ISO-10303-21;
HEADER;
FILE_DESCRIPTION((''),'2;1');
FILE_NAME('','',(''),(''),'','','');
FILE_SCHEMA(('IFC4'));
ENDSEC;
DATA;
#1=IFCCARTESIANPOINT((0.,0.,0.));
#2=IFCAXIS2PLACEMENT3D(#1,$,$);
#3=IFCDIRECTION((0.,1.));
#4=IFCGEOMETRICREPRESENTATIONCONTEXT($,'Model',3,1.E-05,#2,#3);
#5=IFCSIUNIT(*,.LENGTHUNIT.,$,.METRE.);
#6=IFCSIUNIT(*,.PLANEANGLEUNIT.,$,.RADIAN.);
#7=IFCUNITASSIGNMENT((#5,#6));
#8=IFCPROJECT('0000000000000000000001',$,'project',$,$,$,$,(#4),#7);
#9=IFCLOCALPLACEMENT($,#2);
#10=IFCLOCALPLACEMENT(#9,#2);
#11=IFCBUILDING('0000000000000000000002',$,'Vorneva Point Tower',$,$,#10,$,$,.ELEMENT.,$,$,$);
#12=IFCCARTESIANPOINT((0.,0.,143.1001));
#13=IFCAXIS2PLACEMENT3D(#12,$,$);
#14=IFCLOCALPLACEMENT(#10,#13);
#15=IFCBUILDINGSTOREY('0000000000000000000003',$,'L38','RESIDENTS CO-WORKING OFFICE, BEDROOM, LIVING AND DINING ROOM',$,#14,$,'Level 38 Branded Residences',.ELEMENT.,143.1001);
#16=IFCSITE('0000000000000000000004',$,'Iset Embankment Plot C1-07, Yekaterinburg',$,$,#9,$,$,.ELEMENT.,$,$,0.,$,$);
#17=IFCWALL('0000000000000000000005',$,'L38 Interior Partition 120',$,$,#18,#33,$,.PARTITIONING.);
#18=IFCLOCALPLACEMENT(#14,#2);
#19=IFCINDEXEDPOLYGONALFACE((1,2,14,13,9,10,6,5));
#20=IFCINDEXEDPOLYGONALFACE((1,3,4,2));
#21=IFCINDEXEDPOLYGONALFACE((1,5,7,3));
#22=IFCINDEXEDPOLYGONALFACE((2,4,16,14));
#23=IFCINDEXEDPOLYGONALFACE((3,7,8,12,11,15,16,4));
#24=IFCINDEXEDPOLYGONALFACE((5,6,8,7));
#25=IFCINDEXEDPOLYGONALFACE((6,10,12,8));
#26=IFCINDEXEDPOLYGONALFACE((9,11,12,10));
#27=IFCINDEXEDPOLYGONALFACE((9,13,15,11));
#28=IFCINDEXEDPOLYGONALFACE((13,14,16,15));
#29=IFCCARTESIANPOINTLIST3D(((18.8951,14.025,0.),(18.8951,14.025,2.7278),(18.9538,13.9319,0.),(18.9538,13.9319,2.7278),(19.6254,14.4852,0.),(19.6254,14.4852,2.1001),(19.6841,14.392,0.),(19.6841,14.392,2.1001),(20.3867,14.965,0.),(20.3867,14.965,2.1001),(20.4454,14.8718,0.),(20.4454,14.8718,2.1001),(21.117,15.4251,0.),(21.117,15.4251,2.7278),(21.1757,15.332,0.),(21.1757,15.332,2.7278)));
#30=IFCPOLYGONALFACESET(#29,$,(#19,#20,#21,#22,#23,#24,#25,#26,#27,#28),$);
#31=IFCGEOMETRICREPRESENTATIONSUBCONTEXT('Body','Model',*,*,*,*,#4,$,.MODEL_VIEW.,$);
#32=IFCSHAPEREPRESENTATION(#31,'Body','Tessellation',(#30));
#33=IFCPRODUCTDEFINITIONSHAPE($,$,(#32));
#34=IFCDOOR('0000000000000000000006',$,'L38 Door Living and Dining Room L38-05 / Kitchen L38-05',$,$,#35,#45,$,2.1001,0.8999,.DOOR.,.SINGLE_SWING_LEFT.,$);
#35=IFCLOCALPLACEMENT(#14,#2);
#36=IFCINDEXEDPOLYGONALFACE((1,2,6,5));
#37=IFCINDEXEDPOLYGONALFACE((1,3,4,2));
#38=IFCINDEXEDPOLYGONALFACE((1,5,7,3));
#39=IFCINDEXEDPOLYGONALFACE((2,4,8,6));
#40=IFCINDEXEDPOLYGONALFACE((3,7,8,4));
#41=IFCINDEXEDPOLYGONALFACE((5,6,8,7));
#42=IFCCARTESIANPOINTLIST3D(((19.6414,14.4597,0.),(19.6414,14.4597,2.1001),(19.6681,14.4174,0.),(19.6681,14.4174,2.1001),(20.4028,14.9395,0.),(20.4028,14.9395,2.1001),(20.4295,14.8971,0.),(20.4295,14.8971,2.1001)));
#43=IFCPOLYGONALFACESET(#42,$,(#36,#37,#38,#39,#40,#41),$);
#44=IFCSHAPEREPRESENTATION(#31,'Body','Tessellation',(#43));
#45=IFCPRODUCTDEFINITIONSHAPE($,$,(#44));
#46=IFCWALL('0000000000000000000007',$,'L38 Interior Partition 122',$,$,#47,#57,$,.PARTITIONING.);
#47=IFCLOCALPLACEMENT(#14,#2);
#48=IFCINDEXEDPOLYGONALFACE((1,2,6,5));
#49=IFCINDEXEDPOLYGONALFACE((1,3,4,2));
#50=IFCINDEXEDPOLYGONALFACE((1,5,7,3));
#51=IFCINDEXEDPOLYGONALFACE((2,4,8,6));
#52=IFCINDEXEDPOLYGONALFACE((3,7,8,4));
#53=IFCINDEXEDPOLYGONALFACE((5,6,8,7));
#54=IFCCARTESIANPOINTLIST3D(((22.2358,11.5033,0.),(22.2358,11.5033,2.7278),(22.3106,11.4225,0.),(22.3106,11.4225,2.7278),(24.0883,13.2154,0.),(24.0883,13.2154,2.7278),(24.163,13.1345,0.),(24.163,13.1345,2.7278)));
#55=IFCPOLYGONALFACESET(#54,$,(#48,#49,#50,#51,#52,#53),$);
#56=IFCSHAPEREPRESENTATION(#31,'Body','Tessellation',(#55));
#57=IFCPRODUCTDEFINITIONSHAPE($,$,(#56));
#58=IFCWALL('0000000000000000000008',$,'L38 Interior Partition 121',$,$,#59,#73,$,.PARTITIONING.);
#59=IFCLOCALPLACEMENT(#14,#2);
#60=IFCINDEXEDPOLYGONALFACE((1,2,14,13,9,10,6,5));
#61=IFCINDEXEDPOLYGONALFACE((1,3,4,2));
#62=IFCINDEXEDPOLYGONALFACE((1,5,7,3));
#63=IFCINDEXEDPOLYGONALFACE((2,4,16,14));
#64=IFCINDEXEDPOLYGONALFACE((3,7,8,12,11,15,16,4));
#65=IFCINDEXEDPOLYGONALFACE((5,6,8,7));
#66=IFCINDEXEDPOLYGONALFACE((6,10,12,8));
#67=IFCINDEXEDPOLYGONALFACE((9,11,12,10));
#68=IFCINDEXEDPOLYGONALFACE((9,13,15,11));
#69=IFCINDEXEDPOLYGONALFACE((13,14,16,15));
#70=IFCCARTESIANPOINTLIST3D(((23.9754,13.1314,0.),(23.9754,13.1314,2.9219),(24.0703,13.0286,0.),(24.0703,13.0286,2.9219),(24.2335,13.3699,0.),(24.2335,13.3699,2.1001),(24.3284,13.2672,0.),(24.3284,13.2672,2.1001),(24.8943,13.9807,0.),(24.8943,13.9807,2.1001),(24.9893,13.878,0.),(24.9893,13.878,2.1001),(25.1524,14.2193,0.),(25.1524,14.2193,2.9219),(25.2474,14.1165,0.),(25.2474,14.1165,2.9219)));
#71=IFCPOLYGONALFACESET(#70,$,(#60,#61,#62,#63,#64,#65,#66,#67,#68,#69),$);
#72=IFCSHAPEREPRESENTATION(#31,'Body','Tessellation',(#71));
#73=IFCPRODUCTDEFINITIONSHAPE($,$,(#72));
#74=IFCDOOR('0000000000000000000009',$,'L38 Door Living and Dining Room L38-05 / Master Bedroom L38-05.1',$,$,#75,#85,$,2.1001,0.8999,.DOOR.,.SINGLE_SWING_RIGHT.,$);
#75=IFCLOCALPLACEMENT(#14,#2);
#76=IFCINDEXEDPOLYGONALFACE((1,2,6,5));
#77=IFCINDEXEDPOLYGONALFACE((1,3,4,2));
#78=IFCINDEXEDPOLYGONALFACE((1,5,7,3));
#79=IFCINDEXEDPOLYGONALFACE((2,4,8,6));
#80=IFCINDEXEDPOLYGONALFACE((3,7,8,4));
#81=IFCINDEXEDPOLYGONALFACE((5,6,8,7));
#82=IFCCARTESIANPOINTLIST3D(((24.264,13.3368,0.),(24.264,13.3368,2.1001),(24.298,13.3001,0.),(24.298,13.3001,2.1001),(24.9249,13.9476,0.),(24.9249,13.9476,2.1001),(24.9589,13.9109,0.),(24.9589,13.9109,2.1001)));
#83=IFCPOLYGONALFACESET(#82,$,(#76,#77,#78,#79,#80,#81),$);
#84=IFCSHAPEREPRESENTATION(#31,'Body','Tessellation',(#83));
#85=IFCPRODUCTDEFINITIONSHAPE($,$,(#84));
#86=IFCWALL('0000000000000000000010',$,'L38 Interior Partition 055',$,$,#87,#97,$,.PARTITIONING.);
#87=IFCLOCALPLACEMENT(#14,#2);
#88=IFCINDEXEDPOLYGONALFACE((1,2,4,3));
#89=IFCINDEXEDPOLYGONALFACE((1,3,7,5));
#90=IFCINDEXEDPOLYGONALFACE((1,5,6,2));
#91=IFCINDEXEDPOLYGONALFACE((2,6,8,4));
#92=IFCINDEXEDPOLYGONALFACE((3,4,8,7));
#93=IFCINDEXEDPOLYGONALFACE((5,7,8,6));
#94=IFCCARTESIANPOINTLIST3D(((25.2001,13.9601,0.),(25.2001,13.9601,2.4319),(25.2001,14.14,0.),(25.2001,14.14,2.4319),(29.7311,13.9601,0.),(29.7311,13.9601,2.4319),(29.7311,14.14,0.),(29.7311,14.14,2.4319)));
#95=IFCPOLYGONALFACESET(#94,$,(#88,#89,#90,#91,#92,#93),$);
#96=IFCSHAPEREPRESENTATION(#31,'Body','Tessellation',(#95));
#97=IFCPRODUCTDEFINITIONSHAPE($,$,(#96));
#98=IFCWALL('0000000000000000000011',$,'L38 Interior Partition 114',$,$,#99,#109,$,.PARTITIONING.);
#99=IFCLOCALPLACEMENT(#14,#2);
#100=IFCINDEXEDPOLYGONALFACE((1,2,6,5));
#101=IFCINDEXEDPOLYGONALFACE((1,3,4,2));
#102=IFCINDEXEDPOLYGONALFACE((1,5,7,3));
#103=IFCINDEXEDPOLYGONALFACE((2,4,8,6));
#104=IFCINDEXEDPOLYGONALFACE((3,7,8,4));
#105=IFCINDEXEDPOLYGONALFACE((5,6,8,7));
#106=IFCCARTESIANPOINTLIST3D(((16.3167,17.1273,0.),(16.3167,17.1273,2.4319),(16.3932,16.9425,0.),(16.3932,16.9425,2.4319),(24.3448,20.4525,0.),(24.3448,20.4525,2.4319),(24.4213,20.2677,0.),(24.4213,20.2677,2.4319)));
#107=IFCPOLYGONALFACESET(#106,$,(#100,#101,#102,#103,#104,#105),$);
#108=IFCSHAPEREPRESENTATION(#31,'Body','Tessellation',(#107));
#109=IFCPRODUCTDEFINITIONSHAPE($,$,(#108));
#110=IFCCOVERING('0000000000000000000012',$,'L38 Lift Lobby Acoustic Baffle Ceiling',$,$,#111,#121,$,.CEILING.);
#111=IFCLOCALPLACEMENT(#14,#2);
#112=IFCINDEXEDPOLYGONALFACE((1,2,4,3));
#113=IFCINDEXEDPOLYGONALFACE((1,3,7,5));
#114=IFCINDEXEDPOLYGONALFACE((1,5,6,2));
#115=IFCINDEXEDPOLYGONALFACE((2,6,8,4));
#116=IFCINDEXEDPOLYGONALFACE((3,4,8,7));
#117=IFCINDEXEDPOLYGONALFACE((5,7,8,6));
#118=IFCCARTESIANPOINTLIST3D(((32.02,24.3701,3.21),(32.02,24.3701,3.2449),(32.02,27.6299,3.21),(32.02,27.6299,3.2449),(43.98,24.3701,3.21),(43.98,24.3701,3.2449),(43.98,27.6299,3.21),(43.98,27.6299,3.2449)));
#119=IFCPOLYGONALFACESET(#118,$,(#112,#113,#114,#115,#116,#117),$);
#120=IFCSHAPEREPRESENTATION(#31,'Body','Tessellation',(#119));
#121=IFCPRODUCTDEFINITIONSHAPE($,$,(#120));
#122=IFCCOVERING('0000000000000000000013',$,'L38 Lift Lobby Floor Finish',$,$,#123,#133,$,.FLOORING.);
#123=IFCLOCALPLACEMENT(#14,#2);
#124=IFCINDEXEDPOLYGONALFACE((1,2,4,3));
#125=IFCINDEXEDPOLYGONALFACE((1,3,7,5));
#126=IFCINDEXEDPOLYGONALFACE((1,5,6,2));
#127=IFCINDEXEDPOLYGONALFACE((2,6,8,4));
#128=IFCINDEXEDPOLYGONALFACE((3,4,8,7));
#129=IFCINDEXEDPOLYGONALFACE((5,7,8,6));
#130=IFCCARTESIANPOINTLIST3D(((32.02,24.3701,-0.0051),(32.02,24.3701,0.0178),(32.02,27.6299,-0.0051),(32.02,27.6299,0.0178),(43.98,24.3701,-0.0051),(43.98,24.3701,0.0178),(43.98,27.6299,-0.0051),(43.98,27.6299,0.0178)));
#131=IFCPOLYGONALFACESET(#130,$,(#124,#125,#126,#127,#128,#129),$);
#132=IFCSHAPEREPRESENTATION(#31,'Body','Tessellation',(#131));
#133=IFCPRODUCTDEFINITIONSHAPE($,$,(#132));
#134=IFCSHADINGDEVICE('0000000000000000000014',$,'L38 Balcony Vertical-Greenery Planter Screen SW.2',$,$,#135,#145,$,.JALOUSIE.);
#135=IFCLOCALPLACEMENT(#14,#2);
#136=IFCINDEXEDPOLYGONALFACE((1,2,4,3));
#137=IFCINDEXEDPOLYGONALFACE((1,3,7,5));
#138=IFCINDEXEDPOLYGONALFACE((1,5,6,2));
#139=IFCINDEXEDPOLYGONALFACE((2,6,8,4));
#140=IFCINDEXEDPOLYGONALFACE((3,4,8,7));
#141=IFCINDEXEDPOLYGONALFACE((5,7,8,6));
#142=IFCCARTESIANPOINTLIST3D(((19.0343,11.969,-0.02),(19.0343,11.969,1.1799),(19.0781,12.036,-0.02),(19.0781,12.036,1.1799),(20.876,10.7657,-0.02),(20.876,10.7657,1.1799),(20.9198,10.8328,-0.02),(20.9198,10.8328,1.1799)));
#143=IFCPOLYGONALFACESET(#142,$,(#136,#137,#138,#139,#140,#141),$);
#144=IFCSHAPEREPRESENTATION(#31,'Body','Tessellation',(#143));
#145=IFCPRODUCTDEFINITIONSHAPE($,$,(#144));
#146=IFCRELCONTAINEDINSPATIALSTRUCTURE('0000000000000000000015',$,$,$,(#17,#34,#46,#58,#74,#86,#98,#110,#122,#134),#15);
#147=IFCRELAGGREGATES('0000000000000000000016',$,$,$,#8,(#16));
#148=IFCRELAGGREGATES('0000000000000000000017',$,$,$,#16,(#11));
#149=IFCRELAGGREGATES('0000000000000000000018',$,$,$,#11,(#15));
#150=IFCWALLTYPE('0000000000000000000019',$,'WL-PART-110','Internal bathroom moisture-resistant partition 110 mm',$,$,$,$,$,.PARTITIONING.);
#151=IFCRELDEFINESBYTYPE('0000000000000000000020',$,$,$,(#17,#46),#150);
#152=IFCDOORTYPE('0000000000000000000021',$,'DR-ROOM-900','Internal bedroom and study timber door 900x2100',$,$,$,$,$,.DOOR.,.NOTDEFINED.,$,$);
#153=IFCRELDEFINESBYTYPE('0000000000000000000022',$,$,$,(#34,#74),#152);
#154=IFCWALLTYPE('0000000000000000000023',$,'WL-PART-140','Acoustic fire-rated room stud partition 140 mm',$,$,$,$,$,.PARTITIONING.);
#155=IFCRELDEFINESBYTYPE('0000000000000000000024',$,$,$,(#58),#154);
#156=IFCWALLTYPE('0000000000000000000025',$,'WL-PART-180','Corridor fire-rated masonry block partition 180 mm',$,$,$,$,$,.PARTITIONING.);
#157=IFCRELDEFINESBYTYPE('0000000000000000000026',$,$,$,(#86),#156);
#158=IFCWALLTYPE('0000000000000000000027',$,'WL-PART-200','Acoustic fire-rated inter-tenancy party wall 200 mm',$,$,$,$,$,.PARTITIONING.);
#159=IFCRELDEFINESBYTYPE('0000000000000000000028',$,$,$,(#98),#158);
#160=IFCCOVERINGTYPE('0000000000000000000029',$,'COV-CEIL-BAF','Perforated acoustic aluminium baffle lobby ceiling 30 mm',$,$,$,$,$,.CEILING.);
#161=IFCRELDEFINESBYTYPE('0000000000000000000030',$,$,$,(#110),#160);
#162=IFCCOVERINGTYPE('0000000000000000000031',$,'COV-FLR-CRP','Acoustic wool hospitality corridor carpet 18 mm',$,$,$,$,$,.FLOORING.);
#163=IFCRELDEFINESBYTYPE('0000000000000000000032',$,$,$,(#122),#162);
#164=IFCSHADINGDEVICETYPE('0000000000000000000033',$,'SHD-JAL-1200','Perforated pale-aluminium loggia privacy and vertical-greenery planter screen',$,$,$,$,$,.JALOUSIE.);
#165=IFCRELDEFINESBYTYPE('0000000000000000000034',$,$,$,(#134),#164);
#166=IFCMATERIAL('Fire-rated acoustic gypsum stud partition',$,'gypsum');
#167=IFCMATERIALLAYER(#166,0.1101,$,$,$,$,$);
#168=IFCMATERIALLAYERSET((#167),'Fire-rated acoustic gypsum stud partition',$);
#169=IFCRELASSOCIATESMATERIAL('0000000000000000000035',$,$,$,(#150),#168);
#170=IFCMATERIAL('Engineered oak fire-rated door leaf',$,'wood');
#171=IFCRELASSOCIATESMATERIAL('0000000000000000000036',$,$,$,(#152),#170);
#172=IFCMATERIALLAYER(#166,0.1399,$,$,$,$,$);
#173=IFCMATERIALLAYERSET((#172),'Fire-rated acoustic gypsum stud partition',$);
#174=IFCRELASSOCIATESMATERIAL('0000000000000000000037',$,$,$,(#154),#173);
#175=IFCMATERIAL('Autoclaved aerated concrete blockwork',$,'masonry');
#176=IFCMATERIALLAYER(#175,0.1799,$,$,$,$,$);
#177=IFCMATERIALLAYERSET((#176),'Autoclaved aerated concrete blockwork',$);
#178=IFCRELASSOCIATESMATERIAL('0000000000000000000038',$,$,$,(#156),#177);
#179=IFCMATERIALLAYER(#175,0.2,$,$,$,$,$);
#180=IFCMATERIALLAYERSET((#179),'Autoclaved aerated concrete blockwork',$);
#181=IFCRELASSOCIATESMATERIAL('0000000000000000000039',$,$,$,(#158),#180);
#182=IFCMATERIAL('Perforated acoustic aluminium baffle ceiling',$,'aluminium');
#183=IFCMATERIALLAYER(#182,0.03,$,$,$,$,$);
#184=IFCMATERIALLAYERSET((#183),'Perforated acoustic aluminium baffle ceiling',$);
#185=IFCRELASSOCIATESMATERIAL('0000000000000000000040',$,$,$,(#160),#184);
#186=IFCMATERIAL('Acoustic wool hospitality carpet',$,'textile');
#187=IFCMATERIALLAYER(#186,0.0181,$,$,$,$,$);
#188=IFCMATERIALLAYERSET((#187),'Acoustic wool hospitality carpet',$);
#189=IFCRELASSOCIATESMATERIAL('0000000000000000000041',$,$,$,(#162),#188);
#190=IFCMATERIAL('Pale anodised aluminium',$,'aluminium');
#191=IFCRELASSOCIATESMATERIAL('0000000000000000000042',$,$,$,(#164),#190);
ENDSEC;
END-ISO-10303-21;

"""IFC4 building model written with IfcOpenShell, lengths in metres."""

from ifc_helpers import new_model, si_unit, direction, frame, frame_2d, origin, origin_2d, place, context, subcontext, project, spatial, polyline, rectangle, outline, extrude, material, layer, layer_set, type_object, element, fill, save


model = new_model("IFC4")

# Units and contexts
model_context = context("Model", 3, precision=1e-05, world=origin(), true_north=direction((0.0, 1.0)))
body_context = subcontext(model_context, "Body", "Model", "MODEL_VIEW")
ifc_project = project(units=[si_unit("LENGTHUNIT", "METRE"), si_unit("PLANEANGLEUNIT", "RADIAN")], contexts=[model_context])

# Site, building, storey
site_placement = place(None, origin())
site = spatial("IfcSite", under=ifc_project, at=site_placement, Name="Iset Embankment Plot C1-07, Yekaterinburg", CompositionType="ELEMENT", RefElevation=0.0)
building_placement = place(site_placement, origin())
building = spatial("IfcBuilding", under=site, at=building_placement, Name="Vorneva Point Tower", CompositionType="ELEMENT")
storey_placement = place(building_placement, frame((0.0, 0.0, 143.1001)))
storey = spatial("IfcBuildingStorey", under=building, at=storey_placement, Name="L38", Description="RESIDENTS CO-WORKING OFFICE, BEDROOM, LIVING AND DINING ROOM", LongName="Level 38 Branded Residences", CompositionType="ELEMENT", Elevation=143.1001)

# Shared definitions
ifc_material_1 = material(Name="Pale anodised aluminium", Category="aluminium")

# Shared definitions
ifc_material_2 = material(Name="Fire-rated acoustic gypsum stud partition", Category="gypsum")
ifc_layer_1 = layer(ifc_material_2, 0.1101)
ifc_layer_set_1 = layer_set([ifc_layer_1], Name="Fire-rated acoustic gypsum stud partition")
wall_type_1 = type_object("IfcWallType", Name="WL-PART-110", Description="Internal bathroom moisture-resistant partition 110 mm", PredefinedType="PARTITIONING", material=ifc_layer_set_1)
ifc_material_3 = material(Name="Engineered oak fire-rated door leaf", Category="wood")

# Wall, opening, door
wall_1_placement = place(storey_placement, frame((18.9246, 13.9785, 0.0), z_axis=(0.0, 0.0, 1.0), x_axis=(0.846034, 0.533129, 0.0)))
wall_1 = element("IfcWall", 1, at=wall_1_placement, inside=storey, type_object=wall_type_1, Name="L38 Interior Partition 120", PredefinedType="PARTITIONING", context=body_context, shape_type="SweptSolid", body=[
    extrude(rectangle(XDim=2.6262, YDim=0.1101, at=frame_2d((1.313, 0.0))), origin(), (0.0, 0.0, 1.0), 2.7278),
])
opening_1_placement = place(wall_1_placement, frame((0.863, 0.0, 0.0)))
opening_1 = element("IfcOpeningElement", 2, at=opening_1_placement, cuts=wall_1, PredefinedType="OPENING", context=body_context, shape_type="SweptSolid", body=[
    extrude(rectangle(XDim=0.8999, YDim=2.1001, at=frame_2d((0.45, 1.05))), frame((0.0, 0.0698, 0.0), z_axis=(0.0, -1.0, 0.0), x_axis=(1.0, 0.0, 0.0)), (0.0, 0.0, 1.0), 0.1399),
])
door_type_1 = type_object("IfcDoorType", Name="DR-ROOM-900", Description="Internal bedroom and study timber door 900x2100", OperationType="NOTDEFINED", PredefinedType="DOOR", material=ifc_material_3)
door_1_placement = place(opening_1_placement, origin())
door_1 = element("IfcDoor", 3, at=door_1_placement, inside=storey, type_object=door_type_1, Name="L38 Door Living and Dining Room L38-05 / Kitchen L38-05", OperationType="SINGLE_SWING_LEFT", OverallHeight=2.1001, OverallWidth=0.8999, PredefinedType="DOOR", context=body_context, shape_type="SweptSolid", body=[
    extrude(rectangle(XDim=0.8999, YDim=2.1001, at=frame_2d((0.45, 1.05))), frame((0.0, 0.0249, 0.0), z_axis=(0.0, -1.0, 0.0), x_axis=(1.0, 0.0, 0.0)), (0.0, 0.0, 1.0), 0.05),
])
fill(opening_1, door_1)

# Wall
wall_2_placement = place(storey_placement, frame((22.2732, 11.4629, 0.0), z_axis=(0.0, 0.0, 1.0), x_axis=(0.734384, 0.678734, 0.0)))
element("IfcWall", 4, at=wall_2_placement, inside=storey, type_object=wall_type_1, Name="L38 Interior Partition 122", PredefinedType="PARTITIONING", context=body_context, shape_type="SweptSolid", body=[
    extrude(rectangle(XDim=2.5225, YDim=0.1101, at=frame_2d((1.2612, 0.0))), origin(), (0.0, 0.0, 1.0), 2.7278),
])

# Wall, opening, door
ifc_layer_2 = layer(ifc_material_2, 0.1399)
ifc_layer_set_2 = layer_set([ifc_layer_2], Name="Fire-rated acoustic gypsum stud partition")
wall_type_2 = type_object("IfcWallType", Name="WL-PART-140", Description="Acoustic fire-rated room stud partition 140 mm", PredefinedType="PARTITIONING", material=ifc_layer_set_2)
wall_3_placement = place(storey_placement, frame((24.0229, 13.0801, 0.0), z_axis=(0.0, 0.0, 1.0), x_axis=(0.734359, 0.678761, 0.0)))
wall_3 = element("IfcWall", 5, at=wall_3_placement, inside=storey, type_object=wall_type_2, Name="L38 Interior Partition 121", PredefinedType="PARTITIONING", context=body_context, shape_type="SweptSolid", body=[
    extrude(rectangle(XDim=1.6028, YDim=0.1399, at=frame_2d((0.8013, 0.0))), origin(), (0.0, 0.0, 1.0), 2.9219),
])
opening_2_placement = place(wall_3_placement, frame((0.3513, 0.0, 0.0)))
opening_2 = element("IfcOpeningElement", 6, at=opening_2_placement, cuts=wall_3, PredefinedType="OPENING", context=body_context, shape_type="SweptSolid", body=[
    extrude(rectangle(XDim=0.8999, YDim=2.1001, at=frame_2d((0.45, 1.05))), frame((0.0, 0.085, 0.0), z_axis=(0.0, -1.0, 0.0), x_axis=(1.0, 0.0, 0.0)), (0.0, 0.0, 1.0), 0.1697),
])
door_2_placement = place(opening_2_placement, origin())
door_2 = element("IfcDoor", 7, at=door_2_placement, inside=storey, type_object=door_type_1, Name="L38 Door Living and Dining Room L38-05 / Master Bedroom L38-05.1", OperationType="SINGLE_SWING_RIGHT", OverallHeight=2.1001, OverallWidth=0.8999, PredefinedType="DOOR", context=body_context, shape_type="SweptSolid", body=[
    extrude(rectangle(XDim=0.8999, YDim=2.1001, at=frame_2d((0.45, 1.05))), frame((0.0, 0.0249, 0.0), z_axis=(0.0, -1.0, 0.0), x_axis=(1.0, 0.0, 0.0)), (0.0, 0.0, 1.0), 0.05),
])
fill(opening_2, door_2)

# Walls
ifc_material_4 = material(Name="Autoclaved aerated concrete blockwork", Category="masonry")
ifc_layer_3 = layer(ifc_material_4, 0.1799)
ifc_layer_set_3 = layer_set([ifc_layer_3], Name="Autoclaved aerated concrete blockwork")
wall_type_3 = type_object("IfcWallType", Name="WL-PART-180", Description="Corridor fire-rated masonry block partition 180 mm", PredefinedType="PARTITIONING", material=ifc_layer_set_3)
wall_4_placement = place(storey_placement, frame((25.2, 14.05, 0.0), z_axis=(0.0, 0.0, 1.0), x_axis=(1.0, 0.0, 0.0)))
element("IfcWall", 8, at=wall_4_placement, inside=storey, type_object=wall_type_3, Name="L38 Interior Partition 055", PredefinedType="PARTITIONING", context=body_context, shape_type="SweptSolid", body=[
    extrude(rectangle(XDim=4.531, YDim=0.1799, at=frame_2d((2.2656, 0.0))), origin(), (0.0, 0.0, 1.0), 2.4319),
])
ifc_layer_4 = layer(ifc_material_4, 0.2)
ifc_layer_set_4 = layer_set([ifc_layer_4], Name="Autoclaved aerated concrete blockwork")
wall_type_4 = type_object("IfcWallType", Name="WL-PART-200", Description="Acoustic fire-rated inter-tenancy party wall 200 mm", PredefinedType="PARTITIONING", material=ifc_layer_set_4)
wall_5_placement = place(storey_placement, frame((16.355, 17.0349, 0.0), z_axis=(0.0, 0.0, 1.0), x_axis=(0.923885, 0.382669, 0.0)))
element("IfcWall", 9, at=wall_5_placement, inside=storey, type_object=wall_type_4, Name="L38 Interior Partition 114", PredefinedType="PARTITIONING", context=body_context, shape_type="SweptSolid", body=[
    extrude(rectangle(XDim=8.6895, YDim=0.2, at=frame_2d((4.3447, 0.0))), origin(), (0.0, 0.0, 1.0), 2.4319),
])

# Coverings
ifc_material_5 = material(Name="Perforated acoustic aluminium baffle ceiling", Category="aluminium")
ifc_layer_5 = layer(ifc_material_5, 0.03)
ifc_layer_set_5 = layer_set([ifc_layer_5], Name="Perforated acoustic aluminium baffle ceiling")
covering_type_1 = type_object("IfcCoveringType", Name="COV-CEIL-BAF", Description="Perforated acoustic aluminium baffle lobby ceiling 30 mm", PredefinedType="CEILING", material=ifc_layer_set_5)
covering_1_placement = place(storey_placement, frame((0.0, 0.0, 3.21)))
element("IfcCovering", 10, at=covering_1_placement, inside=storey, type_object=covering_type_1, Name="L38 Lift Lobby Acoustic Baffle Ceiling", PredefinedType="CEILING", context=body_context, shape_type="SweptSolid", body=[
    extrude(outline(polyline([(32.02, 24.3701), (43.98, 24.3701), (43.98, 27.6299), (32.02, 27.6299), (32.02, 24.3701)])), origin(), (0.0, 0.0, 1.0), 0.0349),
])
ifc_material_6 = material(Name="Acoustic wool hospitality carpet", Category="textile")
ifc_layer_6 = layer(ifc_material_6, 0.0181)
ifc_layer_set_6 = layer_set([ifc_layer_6], Name="Acoustic wool hospitality carpet")
covering_type_2 = type_object("IfcCoveringType", Name="COV-FLR-CRP", Description="Acoustic wool hospitality corridor carpet 18 mm", PredefinedType="FLOORING", material=ifc_layer_set_6)
covering_2_placement = place(storey_placement, frame((0.0, 0.0, -0.0051)))
element("IfcCovering", 11, at=covering_2_placement, inside=storey, type_object=covering_type_2, Name="L38 Lift Lobby Floor Finish", PredefinedType="FLOORING", context=body_context, shape_type="SweptSolid", body=[
    extrude(outline(polyline([(32.02, 24.3701), (43.98, 24.3701), (43.98, 27.6299), (32.02, 27.6299), (32.02, 24.3701)])), origin(), (0.0, 0.0, 1.0), 0.0229),
])

# Shading device
shading_device_type = type_object("IfcShadingDeviceType", Name="SHD-JAL-1200", Description="Perforated pale-aluminium loggia privacy and vertical-greenery planter screen", PredefinedType="JALOUSIE", material=ifc_material_1)
shading_device_placement = place(storey_placement, frame((19.9771, 11.4009, -0.02), z_axis=(0.0, 0.0, 1.0), x_axis=(0.837165, -0.54695, 0.0)))
element("IfcShadingDevice", 12, at=shading_device_placement, inside=storey, type_object=shading_device_type, Name="L38 Balcony Vertical-Greenery Planter Screen SW.2", PredefinedType="JALOUSIE", context=body_context, shape_type="SweptSolid", body=[
    extrude(rectangle(XDim=2.2, YDim=0.0801, at=origin_2d()), origin(), (0.0, 0.0, 1.0), 1.2),
])

save(model, "model.ifc")
